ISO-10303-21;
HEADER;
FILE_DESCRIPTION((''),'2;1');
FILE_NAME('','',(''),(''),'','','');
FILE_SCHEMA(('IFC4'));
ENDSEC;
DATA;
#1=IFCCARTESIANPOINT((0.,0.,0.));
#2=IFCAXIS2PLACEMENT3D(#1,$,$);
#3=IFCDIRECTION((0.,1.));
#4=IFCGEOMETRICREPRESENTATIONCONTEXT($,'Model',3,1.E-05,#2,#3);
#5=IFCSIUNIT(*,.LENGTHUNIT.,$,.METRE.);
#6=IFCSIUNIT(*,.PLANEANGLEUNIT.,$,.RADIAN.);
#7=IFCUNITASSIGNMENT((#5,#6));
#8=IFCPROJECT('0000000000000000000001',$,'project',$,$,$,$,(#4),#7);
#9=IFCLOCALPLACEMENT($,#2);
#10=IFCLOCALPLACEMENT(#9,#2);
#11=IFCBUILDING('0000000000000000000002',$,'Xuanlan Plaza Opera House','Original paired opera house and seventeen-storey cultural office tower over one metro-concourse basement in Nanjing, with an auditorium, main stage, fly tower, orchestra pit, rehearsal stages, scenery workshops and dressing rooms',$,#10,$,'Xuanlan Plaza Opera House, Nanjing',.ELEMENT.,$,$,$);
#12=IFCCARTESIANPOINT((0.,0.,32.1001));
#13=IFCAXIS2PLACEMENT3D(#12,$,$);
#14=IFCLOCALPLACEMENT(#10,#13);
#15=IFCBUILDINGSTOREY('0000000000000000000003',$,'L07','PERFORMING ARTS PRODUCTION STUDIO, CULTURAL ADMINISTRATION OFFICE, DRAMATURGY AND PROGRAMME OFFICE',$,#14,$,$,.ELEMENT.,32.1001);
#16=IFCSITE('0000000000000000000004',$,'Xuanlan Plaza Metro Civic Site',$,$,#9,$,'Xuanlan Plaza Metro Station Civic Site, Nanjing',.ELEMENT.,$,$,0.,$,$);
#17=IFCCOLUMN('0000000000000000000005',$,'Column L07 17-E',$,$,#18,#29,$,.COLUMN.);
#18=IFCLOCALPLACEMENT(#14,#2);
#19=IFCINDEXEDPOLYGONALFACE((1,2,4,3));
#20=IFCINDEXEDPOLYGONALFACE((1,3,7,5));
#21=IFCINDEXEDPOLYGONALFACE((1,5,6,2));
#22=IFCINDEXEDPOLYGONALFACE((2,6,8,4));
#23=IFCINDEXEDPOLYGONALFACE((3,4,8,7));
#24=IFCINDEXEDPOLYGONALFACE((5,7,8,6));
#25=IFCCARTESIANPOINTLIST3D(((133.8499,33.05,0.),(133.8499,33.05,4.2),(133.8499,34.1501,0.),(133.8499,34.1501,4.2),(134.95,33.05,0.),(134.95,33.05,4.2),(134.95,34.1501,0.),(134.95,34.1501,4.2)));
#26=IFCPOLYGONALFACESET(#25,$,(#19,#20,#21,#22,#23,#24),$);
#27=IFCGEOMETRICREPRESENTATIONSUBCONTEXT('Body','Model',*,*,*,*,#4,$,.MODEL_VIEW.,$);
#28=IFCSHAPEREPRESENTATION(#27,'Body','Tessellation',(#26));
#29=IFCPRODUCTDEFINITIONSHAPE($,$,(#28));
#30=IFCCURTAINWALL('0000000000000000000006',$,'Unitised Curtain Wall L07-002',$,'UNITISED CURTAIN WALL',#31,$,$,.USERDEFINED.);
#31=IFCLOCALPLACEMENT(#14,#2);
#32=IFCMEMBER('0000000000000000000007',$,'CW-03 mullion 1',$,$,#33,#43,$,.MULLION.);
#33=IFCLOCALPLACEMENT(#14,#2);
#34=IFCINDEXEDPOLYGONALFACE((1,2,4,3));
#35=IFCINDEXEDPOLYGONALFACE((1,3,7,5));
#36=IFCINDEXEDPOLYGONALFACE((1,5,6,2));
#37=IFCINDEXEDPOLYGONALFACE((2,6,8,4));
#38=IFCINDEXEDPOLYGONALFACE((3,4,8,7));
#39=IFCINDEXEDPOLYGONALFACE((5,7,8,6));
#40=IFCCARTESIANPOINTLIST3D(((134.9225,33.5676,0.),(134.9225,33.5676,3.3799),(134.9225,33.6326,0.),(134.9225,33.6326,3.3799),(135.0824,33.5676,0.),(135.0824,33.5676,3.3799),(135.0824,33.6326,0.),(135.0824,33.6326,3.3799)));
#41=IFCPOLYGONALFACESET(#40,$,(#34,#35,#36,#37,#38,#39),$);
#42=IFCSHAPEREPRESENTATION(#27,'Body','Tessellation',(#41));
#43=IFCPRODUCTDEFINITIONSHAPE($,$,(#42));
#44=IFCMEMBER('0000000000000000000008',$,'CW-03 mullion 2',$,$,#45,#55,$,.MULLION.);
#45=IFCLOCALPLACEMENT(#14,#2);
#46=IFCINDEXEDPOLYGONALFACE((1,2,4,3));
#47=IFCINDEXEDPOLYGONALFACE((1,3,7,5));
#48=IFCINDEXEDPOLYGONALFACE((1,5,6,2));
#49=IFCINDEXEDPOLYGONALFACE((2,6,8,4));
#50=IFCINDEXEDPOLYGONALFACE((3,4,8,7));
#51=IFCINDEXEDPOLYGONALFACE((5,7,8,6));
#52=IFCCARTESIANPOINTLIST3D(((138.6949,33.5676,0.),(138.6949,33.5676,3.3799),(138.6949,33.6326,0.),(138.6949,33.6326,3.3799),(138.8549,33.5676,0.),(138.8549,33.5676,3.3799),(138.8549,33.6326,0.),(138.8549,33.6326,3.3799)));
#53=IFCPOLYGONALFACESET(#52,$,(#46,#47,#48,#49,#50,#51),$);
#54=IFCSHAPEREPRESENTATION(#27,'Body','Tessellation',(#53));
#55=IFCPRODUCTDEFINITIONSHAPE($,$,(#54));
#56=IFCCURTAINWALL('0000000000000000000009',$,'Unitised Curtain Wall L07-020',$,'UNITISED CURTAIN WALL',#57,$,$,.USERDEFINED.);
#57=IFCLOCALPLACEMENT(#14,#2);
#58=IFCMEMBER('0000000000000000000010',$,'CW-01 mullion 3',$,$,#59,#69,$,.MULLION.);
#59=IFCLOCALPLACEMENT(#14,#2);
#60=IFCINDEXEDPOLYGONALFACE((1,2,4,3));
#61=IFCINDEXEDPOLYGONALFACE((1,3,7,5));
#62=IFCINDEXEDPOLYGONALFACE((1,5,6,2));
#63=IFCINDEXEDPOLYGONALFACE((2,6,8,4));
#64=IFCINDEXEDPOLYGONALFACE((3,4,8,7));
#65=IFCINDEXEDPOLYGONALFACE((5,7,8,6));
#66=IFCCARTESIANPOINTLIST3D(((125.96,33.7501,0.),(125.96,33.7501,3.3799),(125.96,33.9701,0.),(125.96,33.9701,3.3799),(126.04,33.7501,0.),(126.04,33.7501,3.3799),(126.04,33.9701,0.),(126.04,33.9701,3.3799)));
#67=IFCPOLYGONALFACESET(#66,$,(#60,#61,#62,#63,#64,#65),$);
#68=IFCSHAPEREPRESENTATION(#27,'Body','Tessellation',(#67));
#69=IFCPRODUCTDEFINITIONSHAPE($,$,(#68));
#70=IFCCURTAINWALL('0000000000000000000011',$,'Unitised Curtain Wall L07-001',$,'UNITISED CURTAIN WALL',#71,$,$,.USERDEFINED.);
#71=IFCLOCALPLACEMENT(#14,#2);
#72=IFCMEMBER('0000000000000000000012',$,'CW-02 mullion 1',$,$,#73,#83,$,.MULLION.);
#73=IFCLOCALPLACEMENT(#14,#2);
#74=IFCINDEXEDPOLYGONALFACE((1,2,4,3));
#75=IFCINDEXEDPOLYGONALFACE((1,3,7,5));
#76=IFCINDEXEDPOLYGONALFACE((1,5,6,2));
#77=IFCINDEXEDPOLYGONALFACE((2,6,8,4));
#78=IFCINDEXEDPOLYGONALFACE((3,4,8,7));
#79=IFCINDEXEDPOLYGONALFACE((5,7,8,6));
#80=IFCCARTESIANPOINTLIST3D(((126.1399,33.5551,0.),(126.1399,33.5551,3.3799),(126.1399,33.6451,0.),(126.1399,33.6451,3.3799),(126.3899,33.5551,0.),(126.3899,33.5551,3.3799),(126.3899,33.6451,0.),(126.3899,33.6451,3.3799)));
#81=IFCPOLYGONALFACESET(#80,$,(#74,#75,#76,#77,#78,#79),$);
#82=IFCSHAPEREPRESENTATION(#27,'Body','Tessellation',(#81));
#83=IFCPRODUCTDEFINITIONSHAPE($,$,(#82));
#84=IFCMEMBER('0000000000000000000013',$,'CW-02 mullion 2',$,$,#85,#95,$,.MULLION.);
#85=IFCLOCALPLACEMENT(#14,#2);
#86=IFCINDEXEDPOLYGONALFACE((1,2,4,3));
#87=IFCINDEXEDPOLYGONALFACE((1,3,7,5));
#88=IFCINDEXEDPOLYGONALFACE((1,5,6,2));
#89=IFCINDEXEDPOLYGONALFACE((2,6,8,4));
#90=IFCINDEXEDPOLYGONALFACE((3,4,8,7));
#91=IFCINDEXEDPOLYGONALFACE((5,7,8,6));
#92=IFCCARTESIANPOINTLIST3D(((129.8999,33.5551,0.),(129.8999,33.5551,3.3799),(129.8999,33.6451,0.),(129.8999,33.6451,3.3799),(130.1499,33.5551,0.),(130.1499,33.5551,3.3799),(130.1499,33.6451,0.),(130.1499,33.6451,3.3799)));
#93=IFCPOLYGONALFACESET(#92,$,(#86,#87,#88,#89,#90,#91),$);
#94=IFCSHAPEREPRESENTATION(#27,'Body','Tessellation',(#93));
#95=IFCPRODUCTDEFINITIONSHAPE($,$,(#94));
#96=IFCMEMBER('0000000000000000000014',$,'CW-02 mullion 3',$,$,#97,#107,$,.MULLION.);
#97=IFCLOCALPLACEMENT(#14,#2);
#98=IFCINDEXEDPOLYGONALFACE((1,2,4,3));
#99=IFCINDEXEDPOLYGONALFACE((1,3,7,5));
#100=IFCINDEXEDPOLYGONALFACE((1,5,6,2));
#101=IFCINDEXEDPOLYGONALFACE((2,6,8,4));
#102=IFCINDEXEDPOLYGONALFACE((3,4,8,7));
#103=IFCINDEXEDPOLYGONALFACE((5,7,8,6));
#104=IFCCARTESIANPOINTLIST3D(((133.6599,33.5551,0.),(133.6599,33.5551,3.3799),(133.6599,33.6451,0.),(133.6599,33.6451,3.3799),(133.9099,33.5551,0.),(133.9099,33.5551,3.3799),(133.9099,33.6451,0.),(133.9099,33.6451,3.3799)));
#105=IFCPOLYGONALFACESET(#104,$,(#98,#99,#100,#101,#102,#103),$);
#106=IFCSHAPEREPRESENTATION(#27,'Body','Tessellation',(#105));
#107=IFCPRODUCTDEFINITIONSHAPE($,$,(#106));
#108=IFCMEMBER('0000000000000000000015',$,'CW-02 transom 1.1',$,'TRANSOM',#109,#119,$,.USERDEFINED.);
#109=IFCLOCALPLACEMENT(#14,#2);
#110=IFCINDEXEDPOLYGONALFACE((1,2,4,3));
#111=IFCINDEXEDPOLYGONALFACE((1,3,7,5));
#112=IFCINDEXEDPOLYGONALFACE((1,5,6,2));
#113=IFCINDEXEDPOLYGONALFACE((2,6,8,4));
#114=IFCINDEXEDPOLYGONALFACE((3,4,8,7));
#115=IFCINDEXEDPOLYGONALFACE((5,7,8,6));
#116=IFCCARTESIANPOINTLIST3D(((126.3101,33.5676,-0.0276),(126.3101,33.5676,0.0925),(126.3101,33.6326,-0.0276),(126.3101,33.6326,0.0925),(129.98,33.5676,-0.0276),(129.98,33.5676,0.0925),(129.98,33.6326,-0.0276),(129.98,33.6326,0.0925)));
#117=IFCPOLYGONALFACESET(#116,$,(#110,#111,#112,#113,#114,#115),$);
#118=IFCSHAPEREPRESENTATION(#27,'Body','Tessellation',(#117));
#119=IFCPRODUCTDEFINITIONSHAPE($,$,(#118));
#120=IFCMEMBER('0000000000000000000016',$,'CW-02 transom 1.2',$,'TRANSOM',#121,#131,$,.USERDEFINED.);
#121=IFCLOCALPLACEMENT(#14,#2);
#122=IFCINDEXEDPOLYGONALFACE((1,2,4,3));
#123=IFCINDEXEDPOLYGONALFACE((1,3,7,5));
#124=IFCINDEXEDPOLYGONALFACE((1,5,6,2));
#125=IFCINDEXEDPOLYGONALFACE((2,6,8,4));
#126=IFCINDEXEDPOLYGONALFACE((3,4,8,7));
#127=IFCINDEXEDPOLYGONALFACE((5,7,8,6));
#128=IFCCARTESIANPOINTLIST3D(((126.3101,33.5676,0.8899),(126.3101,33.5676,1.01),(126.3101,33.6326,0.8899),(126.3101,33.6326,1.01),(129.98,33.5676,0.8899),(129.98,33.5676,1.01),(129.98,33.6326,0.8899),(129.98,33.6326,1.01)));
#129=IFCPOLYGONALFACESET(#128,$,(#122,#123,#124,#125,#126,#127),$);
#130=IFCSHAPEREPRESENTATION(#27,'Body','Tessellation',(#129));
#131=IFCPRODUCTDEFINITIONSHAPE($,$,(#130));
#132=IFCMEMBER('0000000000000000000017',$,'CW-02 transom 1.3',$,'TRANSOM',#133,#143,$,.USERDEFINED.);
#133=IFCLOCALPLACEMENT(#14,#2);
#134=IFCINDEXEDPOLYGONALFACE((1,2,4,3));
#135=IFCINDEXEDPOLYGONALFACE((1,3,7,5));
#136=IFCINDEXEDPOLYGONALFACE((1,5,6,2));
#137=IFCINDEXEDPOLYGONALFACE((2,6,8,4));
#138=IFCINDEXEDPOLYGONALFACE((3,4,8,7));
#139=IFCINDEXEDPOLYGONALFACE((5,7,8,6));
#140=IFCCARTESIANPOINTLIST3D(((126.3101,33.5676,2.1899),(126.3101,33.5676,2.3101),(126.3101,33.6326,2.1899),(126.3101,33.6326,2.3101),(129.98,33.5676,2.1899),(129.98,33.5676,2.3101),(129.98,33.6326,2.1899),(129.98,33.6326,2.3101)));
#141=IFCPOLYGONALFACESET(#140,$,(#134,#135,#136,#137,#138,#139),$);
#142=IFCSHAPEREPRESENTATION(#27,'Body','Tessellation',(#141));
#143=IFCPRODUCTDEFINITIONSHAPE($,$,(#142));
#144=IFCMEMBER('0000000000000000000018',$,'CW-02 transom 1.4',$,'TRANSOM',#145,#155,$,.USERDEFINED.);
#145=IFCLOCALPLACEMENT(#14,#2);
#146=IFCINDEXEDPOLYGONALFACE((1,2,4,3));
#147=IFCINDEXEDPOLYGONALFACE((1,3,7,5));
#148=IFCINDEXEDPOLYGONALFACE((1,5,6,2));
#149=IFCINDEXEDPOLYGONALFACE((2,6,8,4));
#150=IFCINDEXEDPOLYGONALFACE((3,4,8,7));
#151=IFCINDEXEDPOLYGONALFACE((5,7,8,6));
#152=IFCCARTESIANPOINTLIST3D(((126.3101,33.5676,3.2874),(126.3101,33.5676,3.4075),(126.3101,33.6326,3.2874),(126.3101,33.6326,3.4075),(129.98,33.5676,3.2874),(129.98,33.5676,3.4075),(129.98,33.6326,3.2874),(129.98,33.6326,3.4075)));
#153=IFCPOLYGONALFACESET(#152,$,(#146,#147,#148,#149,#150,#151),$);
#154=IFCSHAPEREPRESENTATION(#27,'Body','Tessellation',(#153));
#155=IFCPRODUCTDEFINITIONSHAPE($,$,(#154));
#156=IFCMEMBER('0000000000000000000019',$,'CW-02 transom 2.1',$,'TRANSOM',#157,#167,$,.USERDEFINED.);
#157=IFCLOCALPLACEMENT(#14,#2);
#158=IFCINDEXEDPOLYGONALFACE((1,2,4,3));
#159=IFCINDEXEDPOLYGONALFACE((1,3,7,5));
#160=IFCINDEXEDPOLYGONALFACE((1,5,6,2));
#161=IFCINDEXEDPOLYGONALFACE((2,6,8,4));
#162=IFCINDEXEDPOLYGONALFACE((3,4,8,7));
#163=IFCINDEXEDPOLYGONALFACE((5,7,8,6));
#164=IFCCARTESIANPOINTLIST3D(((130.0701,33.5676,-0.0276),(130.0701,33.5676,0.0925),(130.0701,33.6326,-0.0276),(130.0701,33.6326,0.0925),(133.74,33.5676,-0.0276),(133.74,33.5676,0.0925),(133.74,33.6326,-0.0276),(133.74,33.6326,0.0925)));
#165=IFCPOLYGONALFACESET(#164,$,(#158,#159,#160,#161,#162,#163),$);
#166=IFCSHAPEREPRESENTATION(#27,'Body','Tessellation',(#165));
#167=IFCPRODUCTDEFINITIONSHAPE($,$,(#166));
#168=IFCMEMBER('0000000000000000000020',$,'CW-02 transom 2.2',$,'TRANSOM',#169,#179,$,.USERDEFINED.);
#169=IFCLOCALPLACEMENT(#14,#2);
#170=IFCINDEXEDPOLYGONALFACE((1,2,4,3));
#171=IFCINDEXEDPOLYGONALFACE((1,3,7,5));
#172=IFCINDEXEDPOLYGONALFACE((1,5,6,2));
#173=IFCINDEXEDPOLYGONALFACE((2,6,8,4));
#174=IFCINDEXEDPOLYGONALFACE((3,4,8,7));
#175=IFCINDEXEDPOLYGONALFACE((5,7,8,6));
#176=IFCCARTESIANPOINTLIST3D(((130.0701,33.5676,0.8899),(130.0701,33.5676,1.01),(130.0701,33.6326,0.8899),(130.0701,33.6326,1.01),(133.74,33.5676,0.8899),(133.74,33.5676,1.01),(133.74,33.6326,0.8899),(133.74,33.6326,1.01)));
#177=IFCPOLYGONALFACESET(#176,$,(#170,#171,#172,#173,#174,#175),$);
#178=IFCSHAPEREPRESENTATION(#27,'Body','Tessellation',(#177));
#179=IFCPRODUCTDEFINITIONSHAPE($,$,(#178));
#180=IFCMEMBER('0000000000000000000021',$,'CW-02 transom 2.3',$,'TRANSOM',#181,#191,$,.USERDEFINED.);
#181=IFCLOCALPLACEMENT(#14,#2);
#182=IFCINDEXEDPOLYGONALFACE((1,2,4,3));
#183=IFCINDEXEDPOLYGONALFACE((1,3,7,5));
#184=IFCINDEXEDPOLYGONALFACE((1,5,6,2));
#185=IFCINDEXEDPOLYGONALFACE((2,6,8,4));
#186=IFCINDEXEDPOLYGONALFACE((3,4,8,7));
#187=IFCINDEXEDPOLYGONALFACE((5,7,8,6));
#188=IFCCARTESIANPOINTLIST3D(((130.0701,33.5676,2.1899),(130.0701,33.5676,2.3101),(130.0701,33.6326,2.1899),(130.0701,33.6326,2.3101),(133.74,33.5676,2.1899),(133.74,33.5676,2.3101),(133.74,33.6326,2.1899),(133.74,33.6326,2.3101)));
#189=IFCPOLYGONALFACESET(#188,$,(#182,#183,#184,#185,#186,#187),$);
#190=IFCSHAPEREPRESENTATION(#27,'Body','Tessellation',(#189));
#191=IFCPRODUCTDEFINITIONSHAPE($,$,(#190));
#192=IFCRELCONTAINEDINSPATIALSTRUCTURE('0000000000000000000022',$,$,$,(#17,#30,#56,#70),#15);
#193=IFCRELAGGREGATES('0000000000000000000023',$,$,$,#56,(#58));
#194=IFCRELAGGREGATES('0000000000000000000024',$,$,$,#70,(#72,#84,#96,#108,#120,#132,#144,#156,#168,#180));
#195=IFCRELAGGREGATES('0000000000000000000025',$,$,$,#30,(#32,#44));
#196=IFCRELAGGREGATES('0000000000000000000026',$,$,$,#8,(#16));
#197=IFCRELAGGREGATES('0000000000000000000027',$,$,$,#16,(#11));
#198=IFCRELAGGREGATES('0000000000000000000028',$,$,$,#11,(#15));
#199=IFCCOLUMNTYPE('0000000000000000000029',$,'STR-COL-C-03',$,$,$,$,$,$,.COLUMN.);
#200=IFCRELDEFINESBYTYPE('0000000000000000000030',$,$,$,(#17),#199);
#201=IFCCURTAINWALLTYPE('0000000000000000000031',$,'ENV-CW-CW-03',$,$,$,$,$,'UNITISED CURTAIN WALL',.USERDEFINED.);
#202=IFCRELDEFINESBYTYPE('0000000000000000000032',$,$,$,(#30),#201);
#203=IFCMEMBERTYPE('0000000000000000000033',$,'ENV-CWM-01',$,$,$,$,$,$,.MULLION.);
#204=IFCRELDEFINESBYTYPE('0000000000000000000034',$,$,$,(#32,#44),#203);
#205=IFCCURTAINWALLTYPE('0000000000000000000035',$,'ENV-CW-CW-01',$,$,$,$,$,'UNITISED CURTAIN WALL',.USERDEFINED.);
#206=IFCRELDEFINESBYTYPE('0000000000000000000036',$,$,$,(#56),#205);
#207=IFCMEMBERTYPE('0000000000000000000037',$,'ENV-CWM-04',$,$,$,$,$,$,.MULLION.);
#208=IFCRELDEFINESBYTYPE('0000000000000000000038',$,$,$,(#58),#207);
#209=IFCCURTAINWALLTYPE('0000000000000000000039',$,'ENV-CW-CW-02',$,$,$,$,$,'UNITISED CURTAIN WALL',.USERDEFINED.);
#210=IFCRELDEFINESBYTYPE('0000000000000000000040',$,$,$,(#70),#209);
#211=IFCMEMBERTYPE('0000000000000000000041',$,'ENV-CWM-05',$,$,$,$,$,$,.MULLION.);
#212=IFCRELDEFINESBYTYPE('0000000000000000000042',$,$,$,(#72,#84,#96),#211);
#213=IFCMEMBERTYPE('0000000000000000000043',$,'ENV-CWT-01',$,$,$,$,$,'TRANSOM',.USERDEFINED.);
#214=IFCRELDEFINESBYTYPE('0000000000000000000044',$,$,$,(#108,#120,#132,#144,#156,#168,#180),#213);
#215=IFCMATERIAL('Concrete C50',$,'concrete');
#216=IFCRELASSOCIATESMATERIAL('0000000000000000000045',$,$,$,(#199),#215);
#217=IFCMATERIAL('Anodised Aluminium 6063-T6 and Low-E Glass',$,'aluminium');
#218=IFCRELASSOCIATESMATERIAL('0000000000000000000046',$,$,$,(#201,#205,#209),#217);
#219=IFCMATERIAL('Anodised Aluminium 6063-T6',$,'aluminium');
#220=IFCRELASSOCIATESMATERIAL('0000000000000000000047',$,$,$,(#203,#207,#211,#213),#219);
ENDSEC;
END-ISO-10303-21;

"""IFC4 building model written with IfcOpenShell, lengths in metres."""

from ifc_helpers import new_model, si_unit, direction, frame, origin, origin_2d, place, context, subcontext, project, spatial, rectangle, extrude, material, material_profile, profile_set, type_object, element, aggregate, save


model = new_model("IFC4")

# Units and contexts
model_context = context("Model", 3, precision=1e-05, world=origin(), true_north=direction((0.0, 1.0)))
body_context = subcontext(model_context, "Body", "Model", "MODEL_VIEW")
ifc_project = project(units=[si_unit("LENGTHUNIT", "METRE"), si_unit("PLANEANGLEUNIT", "RADIAN")], contexts=[model_context])

# Site, building, storey
site_placement = place(None, origin())
site = spatial("IfcSite", under=ifc_project, at=site_placement, Name="Xuanlan Plaza Metro Civic Site", LongName="Xuanlan Plaza Metro Station Civic Site, Nanjing", CompositionType="ELEMENT", RefElevation=0.0)
building_placement = place(site_placement, origin())
building = spatial("IfcBuilding", under=site, at=building_placement, Name="Xuanlan Plaza Opera House", Description="Original paired opera house and seventeen-storey cultural office tower over one metro-concourse basement in Nanjing, with an auditorium, main stage, fly tower, orchestra pit, rehearsal stages, scenery workshops and dressing rooms", LongName="Xuanlan Plaza Opera House, Nanjing", CompositionType="ELEMENT")
storey_placement = place(building_placement, frame((0.0, 0.0, 32.1001)))
storey = spatial("IfcBuildingStorey", under=building, at=storey_placement, Name="L07", Description="PERFORMING ARTS PRODUCTION STUDIO, CULTURAL ADMINISTRATION OFFICE, DRAMATURGY AND PROGRAMME OFFICE", CompositionType="ELEMENT", Elevation=32.1001)

# Column
ifc_material_1 = material(Name="Concrete C50", Category="concrete")
ifc_material_profile_1 = material_profile(ifc_material_1, rectangle(XDim=1.1001, YDim=1.1001, at=origin_2d()), Name="RC-COL 1100x1100")
ifc_profile_set_1 = profile_set([ifc_material_profile_1], Name="Concrete C50")
column_type = type_object("IfcColumnType", Name="STR-COL-C-03", PredefinedType="COLUMN", material=ifc_profile_set_1)
column_placement = place(storey_placement, frame((134.3999, 33.6001, 0.0), z_axis=(0.0, 0.0, 1.0), x_axis=(1.0, 0.0, 0.0)))
element("IfcColumn", 1, at=column_placement, inside=storey, type_object=column_type, Name="Column L07 17-E", PredefinedType="COLUMN", context=body_context, shape_type="SweptSolid", body=[
    extrude(rectangle(XDim=1.1001, YDim=1.1001, at=origin_2d()), origin(), (0.0, 0.0, 1.0), 4.2),
])

# Curtain wall, members
ifc_material_2 = material(Name="Anodised Aluminium 6063-T6 and Low-E Glass", Category="aluminium")
curtain_wall_type_1 = type_object("IfcCurtainWallType", Name="ENV-CW-CW-03", ElementType="UNITISED CURTAIN WALL", PredefinedType="USERDEFINED", material=ifc_material_2)
curtain_wall_1_placement = place(storey_placement, origin())
curtain_wall_1 = element("IfcCurtainWall", 2, at=curtain_wall_1_placement, inside=storey, type_object=curtain_wall_type_1, Name="Unitised Curtain Wall L07-002", ObjectType="UNITISED CURTAIN WALL", PredefinedType="USERDEFINED")
ifc_material_3 = material(Name="Anodised Aluminium 6063-T6", Category="aluminium")
ifc_material_profile_2 = material_profile(ifc_material_3, rectangle(XDim=0.0649, YDim=0.1599, at=origin_2d()), Name="ALU-M 65x160")
ifc_profile_set_2 = profile_set([ifc_material_profile_2], Name="Anodised Aluminium 6063-T6")
member_type_1 = type_object("IfcMemberType", Name="ENV-CWM-01", PredefinedType="MULLION", material=ifc_profile_set_2)
member_1_placement = place(storey_placement, frame((135.0024, 33.6001, 0.0), z_axis=(0.0, 0.0, 1.0), x_axis=(0.0, 1.0, 0.0)))
member_1 = element("IfcMember", 3, at=member_1_placement, type_object=member_type_1, Name="CW-03 mullion 1", PredefinedType="MULLION", context=body_context, shape_type="SweptSolid", body=[
    extrude(rectangle(XDim=0.0649, YDim=0.1599, at=origin_2d()), origin(), (0.0, 0.0, 1.0), 3.3799),
])
member_2_placement = place(storey_placement, frame((138.7749, 33.6001, 0.0), z_axis=(0.0, 0.0, 1.0), x_axis=(0.0, 1.0, 0.0)))
member_2 = element("IfcMember", 4, at=member_2_placement, type_object=member_type_1, Name="CW-03 mullion 2", PredefinedType="MULLION", context=body_context, shape_type="SweptSolid", body=[
    extrude(rectangle(XDim=0.0649, YDim=0.1599, at=origin_2d()), origin(), (0.0, 0.0, 1.0), 3.3799),
])

# Curtain wall, member
curtain_wall_type_2 = type_object("IfcCurtainWallType", Name="ENV-CW-CW-01", ElementType="UNITISED CURTAIN WALL", PredefinedType="USERDEFINED", material=ifc_material_2)
curtain_wall_2_placement = place(storey_placement, origin())
curtain_wall_2 = element("IfcCurtainWall", 5, at=curtain_wall_2_placement, inside=storey, type_object=curtain_wall_type_2, Name="Unitised Curtain Wall L07-020", ObjectType="UNITISED CURTAIN WALL", PredefinedType="USERDEFINED")
ifc_material_profile_3 = material_profile(ifc_material_3, rectangle(XDim=0.0801, YDim=0.22, at=origin_2d()), Name="ALU-M 80x220")
ifc_profile_set_3 = profile_set([ifc_material_profile_3], Name="Anodised Aluminium 6063-T6")
member_type_2 = type_object("IfcMemberType", Name="ENV-CWM-04", PredefinedType="MULLION", material=ifc_profile_set_3)
member_3_placement = place(storey_placement, frame((126.0, 33.8601, 0.0), z_axis=(0.0, 0.0, 1.0), x_axis=(1.0, 0.0, 0.0)))
member_3 = element("IfcMember", 6, at=member_3_placement, type_object=member_type_2, Name="CW-01 mullion 3", PredefinedType="MULLION", context=body_context, shape_type="SweptSolid", body=[
    extrude(rectangle(XDim=0.0801, YDim=0.22, at=origin_2d()), origin(), (0.0, 0.0, 1.0), 3.3799),
])
aggregate(curtain_wall_2, [member_3])

# Curtain wall, members
curtain_wall_type_3 = type_object("IfcCurtainWallType", Name="ENV-CW-CW-02", ElementType="UNITISED CURTAIN WALL", PredefinedType="USERDEFINED", material=ifc_material_2)
curtain_wall_3_placement = place(storey_placement, origin())
curtain_wall_3 = element("IfcCurtainWall", 7, at=curtain_wall_3_placement, inside=storey, type_object=curtain_wall_type_3, Name="Unitised Curtain Wall L07-001", ObjectType="UNITISED CURTAIN WALL", PredefinedType="USERDEFINED")
ifc_material_profile_4 = material_profile(ifc_material_3, rectangle(XDim=0.0901, YDim=0.25, at=origin_2d()), Name="ALU-M 90x250")
ifc_profile_set_4 = profile_set([ifc_material_profile_4], Name="Anodised Aluminium 6063-T6")
member_type_3 = type_object("IfcMemberType", Name="ENV-CWM-05", PredefinedType="MULLION", material=ifc_profile_set_4)
member_4_placement = place(storey_placement, frame((126.2649, 33.6001, 0.0), z_axis=(0.0, 0.0, 1.0), x_axis=(0.0, 1.0, 0.0)))
member_4 = element("IfcMember", 8, at=member_4_placement, type_object=member_type_3, Name="CW-02 mullion 1", PredefinedType="MULLION", context=body_context, shape_type="SweptSolid", body=[
    extrude(rectangle(XDim=0.0901, YDim=0.25, at=origin_2d()), origin(), (0.0, 0.0, 1.0), 3.3799),
])
member_5_placement = place(storey_placement, frame((130.0249, 33.6001, 0.0), z_axis=(0.0, 0.0, 1.0), x_axis=(0.0, 1.0, 0.0)))
member_5 = element("IfcMember", 9, at=member_5_placement, type_object=member_type_3, Name="CW-02 mullion 2", PredefinedType="MULLION", context=body_context, shape_type="SweptSolid", body=[
    extrude(rectangle(XDim=0.0901, YDim=0.25, at=origin_2d()), origin(), (0.0, 0.0, 1.0), 3.3799),
])
member_6_placement = place(storey_placement, frame((133.7849, 33.6001, 0.0), z_axis=(0.0, 0.0, 1.0), x_axis=(0.0, 1.0, 0.0)))
member_6 = element("IfcMember", 10, at=member_6_placement, type_object=member_type_3, Name="CW-02 mullion 3", PredefinedType="MULLION", context=body_context, shape_type="SweptSolid", body=[
    extrude(rectangle(XDim=0.0901, YDim=0.25, at=origin_2d()), origin(), (0.0, 0.0, 1.0), 3.3799),
])
ifc_material_profile_5 = material_profile(ifc_material_3, rectangle(XDim=0.0649, YDim=0.1201, at=origin_2d()), Name="ALU-T 65x120")
ifc_profile_set_5 = profile_set([ifc_material_profile_5], Name="Anodised Aluminium 6063-T6")
member_type_4 = type_object("IfcMemberType", Name="ENV-CWT-01", ElementType="TRANSOM", PredefinedType="USERDEFINED", material=ifc_profile_set_5)
member_7_placement = place(storey_placement, frame((126.3101, 33.6001, 0.0325), z_axis=(1.0, 0.0, 0.0), x_axis=(0.0, 1.0, 0.0)))
member_7 = element("IfcMember", 11, at=member_7_placement, type_object=member_type_4, Name="CW-02 transom 1.1", ObjectType="TRANSOM", PredefinedType="USERDEFINED", context=body_context, shape_type="SweptSolid", body=[
    extrude(rectangle(XDim=0.0649, YDim=0.1201, at=origin_2d()), origin(), (0.0, 0.0, 1.0), 3.6699),
])
member_8_placement = place(storey_placement, frame((126.3101, 33.6001, 0.95), z_axis=(1.0, 0.0, 0.0), x_axis=(0.0, 1.0, 0.0)))
member_8 = element("IfcMember", 12, at=member_8_placement, type_object=member_type_4, Name="CW-02 transom 1.2", ObjectType="TRANSOM", PredefinedType="USERDEFINED", context=body_context, shape_type="SweptSolid", body=[
    extrude(rectangle(XDim=0.0649, YDim=0.1201, at=origin_2d()), origin(), (0.0, 0.0, 1.0), 3.6699),
])
member_9_placement = place(storey_placement, frame((126.3101, 33.6001, 2.25), z_axis=(1.0, 0.0, 0.0), x_axis=(0.0, 1.0, 0.0)))
member_9 = element("IfcMember", 13, at=member_9_placement, type_object=member_type_4, Name="CW-02 transom 1.3", ObjectType="TRANSOM", PredefinedType="USERDEFINED", context=body_context, shape_type="SweptSolid", body=[
    extrude(rectangle(XDim=0.0649, YDim=0.1201, at=origin_2d()), origin(), (0.0, 0.0, 1.0), 3.6699),
])
member_10_placement = place(storey_placement, frame((126.3101, 33.6001, 3.3474), z_axis=(1.0, 0.0, 0.0), x_axis=(0.0, 1.0, 0.0)))
member_10 = element("IfcMember", 14, at=member_10_placement, type_object=member_type_4, Name="CW-02 transom 1.4", ObjectType="TRANSOM", PredefinedType="USERDEFINED", context=body_context, shape_type="SweptSolid", body=[
    extrude(rectangle(XDim=0.0649, YDim=0.1201, at=origin_2d()), origin(), (0.0, 0.0, 1.0), 3.6699),
])
member_11_placement = place(storey_placement, frame((130.0701, 33.6001, 0.0325), z_axis=(1.0, 0.0, 0.0), x_axis=(0.0, 1.0, 0.0)))
member_11 = element("IfcMember", 15, at=member_11_placement, type_object=member_type_4, Name="CW-02 transom 2.1", ObjectType="TRANSOM", PredefinedType="USERDEFINED", context=body_context, shape_type="SweptSolid", body=[
    extrude(rectangle(XDim=0.0649, YDim=0.1201, at=origin_2d()), origin(), (0.0, 0.0, 1.0), 3.6699),
])
member_12_placement = place(storey_placement, frame((130.0701, 33.6001, 0.95), z_axis=(1.0, 0.0, 0.0), x_axis=(0.0, 1.0, 0.0)))
member_12 = element("IfcMember", 16, at=member_12_placement, type_object=member_type_4, Name="CW-02 transom 2.2", ObjectType="TRANSOM", PredefinedType="USERDEFINED", context=body_context, shape_type="SweptSolid", body=[
    extrude(rectangle(XDim=0.0649, YDim=0.1201, at=origin_2d()), origin(), (0.0, 0.0, 1.0), 3.6699),
])
member_13_placement = place(storey_placement, frame((130.0701, 33.6001, 2.25), z_axis=(1.0, 0.0, 0.0), x_axis=(0.0, 1.0, 0.0)))
member_13 = element("IfcMember", 17, at=member_13_placement, type_object=member_type_4, Name="CW-02 transom 2.3", ObjectType="TRANSOM", PredefinedType="USERDEFINED", context=body_context, shape_type="SweptSolid", body=[
    extrude(rectangle(XDim=0.0649, YDim=0.1201, at=origin_2d()), origin(), (0.0, 0.0, 1.0), 3.6699),
])

aggregate(curtain_wall_3, [member_4, member_5, member_6, member_7, member_8, member_9, member_10, member_11, member_12, member_13])
aggregate(curtain_wall_1, [member_1, member_2])

save(model, "model.ifc")
